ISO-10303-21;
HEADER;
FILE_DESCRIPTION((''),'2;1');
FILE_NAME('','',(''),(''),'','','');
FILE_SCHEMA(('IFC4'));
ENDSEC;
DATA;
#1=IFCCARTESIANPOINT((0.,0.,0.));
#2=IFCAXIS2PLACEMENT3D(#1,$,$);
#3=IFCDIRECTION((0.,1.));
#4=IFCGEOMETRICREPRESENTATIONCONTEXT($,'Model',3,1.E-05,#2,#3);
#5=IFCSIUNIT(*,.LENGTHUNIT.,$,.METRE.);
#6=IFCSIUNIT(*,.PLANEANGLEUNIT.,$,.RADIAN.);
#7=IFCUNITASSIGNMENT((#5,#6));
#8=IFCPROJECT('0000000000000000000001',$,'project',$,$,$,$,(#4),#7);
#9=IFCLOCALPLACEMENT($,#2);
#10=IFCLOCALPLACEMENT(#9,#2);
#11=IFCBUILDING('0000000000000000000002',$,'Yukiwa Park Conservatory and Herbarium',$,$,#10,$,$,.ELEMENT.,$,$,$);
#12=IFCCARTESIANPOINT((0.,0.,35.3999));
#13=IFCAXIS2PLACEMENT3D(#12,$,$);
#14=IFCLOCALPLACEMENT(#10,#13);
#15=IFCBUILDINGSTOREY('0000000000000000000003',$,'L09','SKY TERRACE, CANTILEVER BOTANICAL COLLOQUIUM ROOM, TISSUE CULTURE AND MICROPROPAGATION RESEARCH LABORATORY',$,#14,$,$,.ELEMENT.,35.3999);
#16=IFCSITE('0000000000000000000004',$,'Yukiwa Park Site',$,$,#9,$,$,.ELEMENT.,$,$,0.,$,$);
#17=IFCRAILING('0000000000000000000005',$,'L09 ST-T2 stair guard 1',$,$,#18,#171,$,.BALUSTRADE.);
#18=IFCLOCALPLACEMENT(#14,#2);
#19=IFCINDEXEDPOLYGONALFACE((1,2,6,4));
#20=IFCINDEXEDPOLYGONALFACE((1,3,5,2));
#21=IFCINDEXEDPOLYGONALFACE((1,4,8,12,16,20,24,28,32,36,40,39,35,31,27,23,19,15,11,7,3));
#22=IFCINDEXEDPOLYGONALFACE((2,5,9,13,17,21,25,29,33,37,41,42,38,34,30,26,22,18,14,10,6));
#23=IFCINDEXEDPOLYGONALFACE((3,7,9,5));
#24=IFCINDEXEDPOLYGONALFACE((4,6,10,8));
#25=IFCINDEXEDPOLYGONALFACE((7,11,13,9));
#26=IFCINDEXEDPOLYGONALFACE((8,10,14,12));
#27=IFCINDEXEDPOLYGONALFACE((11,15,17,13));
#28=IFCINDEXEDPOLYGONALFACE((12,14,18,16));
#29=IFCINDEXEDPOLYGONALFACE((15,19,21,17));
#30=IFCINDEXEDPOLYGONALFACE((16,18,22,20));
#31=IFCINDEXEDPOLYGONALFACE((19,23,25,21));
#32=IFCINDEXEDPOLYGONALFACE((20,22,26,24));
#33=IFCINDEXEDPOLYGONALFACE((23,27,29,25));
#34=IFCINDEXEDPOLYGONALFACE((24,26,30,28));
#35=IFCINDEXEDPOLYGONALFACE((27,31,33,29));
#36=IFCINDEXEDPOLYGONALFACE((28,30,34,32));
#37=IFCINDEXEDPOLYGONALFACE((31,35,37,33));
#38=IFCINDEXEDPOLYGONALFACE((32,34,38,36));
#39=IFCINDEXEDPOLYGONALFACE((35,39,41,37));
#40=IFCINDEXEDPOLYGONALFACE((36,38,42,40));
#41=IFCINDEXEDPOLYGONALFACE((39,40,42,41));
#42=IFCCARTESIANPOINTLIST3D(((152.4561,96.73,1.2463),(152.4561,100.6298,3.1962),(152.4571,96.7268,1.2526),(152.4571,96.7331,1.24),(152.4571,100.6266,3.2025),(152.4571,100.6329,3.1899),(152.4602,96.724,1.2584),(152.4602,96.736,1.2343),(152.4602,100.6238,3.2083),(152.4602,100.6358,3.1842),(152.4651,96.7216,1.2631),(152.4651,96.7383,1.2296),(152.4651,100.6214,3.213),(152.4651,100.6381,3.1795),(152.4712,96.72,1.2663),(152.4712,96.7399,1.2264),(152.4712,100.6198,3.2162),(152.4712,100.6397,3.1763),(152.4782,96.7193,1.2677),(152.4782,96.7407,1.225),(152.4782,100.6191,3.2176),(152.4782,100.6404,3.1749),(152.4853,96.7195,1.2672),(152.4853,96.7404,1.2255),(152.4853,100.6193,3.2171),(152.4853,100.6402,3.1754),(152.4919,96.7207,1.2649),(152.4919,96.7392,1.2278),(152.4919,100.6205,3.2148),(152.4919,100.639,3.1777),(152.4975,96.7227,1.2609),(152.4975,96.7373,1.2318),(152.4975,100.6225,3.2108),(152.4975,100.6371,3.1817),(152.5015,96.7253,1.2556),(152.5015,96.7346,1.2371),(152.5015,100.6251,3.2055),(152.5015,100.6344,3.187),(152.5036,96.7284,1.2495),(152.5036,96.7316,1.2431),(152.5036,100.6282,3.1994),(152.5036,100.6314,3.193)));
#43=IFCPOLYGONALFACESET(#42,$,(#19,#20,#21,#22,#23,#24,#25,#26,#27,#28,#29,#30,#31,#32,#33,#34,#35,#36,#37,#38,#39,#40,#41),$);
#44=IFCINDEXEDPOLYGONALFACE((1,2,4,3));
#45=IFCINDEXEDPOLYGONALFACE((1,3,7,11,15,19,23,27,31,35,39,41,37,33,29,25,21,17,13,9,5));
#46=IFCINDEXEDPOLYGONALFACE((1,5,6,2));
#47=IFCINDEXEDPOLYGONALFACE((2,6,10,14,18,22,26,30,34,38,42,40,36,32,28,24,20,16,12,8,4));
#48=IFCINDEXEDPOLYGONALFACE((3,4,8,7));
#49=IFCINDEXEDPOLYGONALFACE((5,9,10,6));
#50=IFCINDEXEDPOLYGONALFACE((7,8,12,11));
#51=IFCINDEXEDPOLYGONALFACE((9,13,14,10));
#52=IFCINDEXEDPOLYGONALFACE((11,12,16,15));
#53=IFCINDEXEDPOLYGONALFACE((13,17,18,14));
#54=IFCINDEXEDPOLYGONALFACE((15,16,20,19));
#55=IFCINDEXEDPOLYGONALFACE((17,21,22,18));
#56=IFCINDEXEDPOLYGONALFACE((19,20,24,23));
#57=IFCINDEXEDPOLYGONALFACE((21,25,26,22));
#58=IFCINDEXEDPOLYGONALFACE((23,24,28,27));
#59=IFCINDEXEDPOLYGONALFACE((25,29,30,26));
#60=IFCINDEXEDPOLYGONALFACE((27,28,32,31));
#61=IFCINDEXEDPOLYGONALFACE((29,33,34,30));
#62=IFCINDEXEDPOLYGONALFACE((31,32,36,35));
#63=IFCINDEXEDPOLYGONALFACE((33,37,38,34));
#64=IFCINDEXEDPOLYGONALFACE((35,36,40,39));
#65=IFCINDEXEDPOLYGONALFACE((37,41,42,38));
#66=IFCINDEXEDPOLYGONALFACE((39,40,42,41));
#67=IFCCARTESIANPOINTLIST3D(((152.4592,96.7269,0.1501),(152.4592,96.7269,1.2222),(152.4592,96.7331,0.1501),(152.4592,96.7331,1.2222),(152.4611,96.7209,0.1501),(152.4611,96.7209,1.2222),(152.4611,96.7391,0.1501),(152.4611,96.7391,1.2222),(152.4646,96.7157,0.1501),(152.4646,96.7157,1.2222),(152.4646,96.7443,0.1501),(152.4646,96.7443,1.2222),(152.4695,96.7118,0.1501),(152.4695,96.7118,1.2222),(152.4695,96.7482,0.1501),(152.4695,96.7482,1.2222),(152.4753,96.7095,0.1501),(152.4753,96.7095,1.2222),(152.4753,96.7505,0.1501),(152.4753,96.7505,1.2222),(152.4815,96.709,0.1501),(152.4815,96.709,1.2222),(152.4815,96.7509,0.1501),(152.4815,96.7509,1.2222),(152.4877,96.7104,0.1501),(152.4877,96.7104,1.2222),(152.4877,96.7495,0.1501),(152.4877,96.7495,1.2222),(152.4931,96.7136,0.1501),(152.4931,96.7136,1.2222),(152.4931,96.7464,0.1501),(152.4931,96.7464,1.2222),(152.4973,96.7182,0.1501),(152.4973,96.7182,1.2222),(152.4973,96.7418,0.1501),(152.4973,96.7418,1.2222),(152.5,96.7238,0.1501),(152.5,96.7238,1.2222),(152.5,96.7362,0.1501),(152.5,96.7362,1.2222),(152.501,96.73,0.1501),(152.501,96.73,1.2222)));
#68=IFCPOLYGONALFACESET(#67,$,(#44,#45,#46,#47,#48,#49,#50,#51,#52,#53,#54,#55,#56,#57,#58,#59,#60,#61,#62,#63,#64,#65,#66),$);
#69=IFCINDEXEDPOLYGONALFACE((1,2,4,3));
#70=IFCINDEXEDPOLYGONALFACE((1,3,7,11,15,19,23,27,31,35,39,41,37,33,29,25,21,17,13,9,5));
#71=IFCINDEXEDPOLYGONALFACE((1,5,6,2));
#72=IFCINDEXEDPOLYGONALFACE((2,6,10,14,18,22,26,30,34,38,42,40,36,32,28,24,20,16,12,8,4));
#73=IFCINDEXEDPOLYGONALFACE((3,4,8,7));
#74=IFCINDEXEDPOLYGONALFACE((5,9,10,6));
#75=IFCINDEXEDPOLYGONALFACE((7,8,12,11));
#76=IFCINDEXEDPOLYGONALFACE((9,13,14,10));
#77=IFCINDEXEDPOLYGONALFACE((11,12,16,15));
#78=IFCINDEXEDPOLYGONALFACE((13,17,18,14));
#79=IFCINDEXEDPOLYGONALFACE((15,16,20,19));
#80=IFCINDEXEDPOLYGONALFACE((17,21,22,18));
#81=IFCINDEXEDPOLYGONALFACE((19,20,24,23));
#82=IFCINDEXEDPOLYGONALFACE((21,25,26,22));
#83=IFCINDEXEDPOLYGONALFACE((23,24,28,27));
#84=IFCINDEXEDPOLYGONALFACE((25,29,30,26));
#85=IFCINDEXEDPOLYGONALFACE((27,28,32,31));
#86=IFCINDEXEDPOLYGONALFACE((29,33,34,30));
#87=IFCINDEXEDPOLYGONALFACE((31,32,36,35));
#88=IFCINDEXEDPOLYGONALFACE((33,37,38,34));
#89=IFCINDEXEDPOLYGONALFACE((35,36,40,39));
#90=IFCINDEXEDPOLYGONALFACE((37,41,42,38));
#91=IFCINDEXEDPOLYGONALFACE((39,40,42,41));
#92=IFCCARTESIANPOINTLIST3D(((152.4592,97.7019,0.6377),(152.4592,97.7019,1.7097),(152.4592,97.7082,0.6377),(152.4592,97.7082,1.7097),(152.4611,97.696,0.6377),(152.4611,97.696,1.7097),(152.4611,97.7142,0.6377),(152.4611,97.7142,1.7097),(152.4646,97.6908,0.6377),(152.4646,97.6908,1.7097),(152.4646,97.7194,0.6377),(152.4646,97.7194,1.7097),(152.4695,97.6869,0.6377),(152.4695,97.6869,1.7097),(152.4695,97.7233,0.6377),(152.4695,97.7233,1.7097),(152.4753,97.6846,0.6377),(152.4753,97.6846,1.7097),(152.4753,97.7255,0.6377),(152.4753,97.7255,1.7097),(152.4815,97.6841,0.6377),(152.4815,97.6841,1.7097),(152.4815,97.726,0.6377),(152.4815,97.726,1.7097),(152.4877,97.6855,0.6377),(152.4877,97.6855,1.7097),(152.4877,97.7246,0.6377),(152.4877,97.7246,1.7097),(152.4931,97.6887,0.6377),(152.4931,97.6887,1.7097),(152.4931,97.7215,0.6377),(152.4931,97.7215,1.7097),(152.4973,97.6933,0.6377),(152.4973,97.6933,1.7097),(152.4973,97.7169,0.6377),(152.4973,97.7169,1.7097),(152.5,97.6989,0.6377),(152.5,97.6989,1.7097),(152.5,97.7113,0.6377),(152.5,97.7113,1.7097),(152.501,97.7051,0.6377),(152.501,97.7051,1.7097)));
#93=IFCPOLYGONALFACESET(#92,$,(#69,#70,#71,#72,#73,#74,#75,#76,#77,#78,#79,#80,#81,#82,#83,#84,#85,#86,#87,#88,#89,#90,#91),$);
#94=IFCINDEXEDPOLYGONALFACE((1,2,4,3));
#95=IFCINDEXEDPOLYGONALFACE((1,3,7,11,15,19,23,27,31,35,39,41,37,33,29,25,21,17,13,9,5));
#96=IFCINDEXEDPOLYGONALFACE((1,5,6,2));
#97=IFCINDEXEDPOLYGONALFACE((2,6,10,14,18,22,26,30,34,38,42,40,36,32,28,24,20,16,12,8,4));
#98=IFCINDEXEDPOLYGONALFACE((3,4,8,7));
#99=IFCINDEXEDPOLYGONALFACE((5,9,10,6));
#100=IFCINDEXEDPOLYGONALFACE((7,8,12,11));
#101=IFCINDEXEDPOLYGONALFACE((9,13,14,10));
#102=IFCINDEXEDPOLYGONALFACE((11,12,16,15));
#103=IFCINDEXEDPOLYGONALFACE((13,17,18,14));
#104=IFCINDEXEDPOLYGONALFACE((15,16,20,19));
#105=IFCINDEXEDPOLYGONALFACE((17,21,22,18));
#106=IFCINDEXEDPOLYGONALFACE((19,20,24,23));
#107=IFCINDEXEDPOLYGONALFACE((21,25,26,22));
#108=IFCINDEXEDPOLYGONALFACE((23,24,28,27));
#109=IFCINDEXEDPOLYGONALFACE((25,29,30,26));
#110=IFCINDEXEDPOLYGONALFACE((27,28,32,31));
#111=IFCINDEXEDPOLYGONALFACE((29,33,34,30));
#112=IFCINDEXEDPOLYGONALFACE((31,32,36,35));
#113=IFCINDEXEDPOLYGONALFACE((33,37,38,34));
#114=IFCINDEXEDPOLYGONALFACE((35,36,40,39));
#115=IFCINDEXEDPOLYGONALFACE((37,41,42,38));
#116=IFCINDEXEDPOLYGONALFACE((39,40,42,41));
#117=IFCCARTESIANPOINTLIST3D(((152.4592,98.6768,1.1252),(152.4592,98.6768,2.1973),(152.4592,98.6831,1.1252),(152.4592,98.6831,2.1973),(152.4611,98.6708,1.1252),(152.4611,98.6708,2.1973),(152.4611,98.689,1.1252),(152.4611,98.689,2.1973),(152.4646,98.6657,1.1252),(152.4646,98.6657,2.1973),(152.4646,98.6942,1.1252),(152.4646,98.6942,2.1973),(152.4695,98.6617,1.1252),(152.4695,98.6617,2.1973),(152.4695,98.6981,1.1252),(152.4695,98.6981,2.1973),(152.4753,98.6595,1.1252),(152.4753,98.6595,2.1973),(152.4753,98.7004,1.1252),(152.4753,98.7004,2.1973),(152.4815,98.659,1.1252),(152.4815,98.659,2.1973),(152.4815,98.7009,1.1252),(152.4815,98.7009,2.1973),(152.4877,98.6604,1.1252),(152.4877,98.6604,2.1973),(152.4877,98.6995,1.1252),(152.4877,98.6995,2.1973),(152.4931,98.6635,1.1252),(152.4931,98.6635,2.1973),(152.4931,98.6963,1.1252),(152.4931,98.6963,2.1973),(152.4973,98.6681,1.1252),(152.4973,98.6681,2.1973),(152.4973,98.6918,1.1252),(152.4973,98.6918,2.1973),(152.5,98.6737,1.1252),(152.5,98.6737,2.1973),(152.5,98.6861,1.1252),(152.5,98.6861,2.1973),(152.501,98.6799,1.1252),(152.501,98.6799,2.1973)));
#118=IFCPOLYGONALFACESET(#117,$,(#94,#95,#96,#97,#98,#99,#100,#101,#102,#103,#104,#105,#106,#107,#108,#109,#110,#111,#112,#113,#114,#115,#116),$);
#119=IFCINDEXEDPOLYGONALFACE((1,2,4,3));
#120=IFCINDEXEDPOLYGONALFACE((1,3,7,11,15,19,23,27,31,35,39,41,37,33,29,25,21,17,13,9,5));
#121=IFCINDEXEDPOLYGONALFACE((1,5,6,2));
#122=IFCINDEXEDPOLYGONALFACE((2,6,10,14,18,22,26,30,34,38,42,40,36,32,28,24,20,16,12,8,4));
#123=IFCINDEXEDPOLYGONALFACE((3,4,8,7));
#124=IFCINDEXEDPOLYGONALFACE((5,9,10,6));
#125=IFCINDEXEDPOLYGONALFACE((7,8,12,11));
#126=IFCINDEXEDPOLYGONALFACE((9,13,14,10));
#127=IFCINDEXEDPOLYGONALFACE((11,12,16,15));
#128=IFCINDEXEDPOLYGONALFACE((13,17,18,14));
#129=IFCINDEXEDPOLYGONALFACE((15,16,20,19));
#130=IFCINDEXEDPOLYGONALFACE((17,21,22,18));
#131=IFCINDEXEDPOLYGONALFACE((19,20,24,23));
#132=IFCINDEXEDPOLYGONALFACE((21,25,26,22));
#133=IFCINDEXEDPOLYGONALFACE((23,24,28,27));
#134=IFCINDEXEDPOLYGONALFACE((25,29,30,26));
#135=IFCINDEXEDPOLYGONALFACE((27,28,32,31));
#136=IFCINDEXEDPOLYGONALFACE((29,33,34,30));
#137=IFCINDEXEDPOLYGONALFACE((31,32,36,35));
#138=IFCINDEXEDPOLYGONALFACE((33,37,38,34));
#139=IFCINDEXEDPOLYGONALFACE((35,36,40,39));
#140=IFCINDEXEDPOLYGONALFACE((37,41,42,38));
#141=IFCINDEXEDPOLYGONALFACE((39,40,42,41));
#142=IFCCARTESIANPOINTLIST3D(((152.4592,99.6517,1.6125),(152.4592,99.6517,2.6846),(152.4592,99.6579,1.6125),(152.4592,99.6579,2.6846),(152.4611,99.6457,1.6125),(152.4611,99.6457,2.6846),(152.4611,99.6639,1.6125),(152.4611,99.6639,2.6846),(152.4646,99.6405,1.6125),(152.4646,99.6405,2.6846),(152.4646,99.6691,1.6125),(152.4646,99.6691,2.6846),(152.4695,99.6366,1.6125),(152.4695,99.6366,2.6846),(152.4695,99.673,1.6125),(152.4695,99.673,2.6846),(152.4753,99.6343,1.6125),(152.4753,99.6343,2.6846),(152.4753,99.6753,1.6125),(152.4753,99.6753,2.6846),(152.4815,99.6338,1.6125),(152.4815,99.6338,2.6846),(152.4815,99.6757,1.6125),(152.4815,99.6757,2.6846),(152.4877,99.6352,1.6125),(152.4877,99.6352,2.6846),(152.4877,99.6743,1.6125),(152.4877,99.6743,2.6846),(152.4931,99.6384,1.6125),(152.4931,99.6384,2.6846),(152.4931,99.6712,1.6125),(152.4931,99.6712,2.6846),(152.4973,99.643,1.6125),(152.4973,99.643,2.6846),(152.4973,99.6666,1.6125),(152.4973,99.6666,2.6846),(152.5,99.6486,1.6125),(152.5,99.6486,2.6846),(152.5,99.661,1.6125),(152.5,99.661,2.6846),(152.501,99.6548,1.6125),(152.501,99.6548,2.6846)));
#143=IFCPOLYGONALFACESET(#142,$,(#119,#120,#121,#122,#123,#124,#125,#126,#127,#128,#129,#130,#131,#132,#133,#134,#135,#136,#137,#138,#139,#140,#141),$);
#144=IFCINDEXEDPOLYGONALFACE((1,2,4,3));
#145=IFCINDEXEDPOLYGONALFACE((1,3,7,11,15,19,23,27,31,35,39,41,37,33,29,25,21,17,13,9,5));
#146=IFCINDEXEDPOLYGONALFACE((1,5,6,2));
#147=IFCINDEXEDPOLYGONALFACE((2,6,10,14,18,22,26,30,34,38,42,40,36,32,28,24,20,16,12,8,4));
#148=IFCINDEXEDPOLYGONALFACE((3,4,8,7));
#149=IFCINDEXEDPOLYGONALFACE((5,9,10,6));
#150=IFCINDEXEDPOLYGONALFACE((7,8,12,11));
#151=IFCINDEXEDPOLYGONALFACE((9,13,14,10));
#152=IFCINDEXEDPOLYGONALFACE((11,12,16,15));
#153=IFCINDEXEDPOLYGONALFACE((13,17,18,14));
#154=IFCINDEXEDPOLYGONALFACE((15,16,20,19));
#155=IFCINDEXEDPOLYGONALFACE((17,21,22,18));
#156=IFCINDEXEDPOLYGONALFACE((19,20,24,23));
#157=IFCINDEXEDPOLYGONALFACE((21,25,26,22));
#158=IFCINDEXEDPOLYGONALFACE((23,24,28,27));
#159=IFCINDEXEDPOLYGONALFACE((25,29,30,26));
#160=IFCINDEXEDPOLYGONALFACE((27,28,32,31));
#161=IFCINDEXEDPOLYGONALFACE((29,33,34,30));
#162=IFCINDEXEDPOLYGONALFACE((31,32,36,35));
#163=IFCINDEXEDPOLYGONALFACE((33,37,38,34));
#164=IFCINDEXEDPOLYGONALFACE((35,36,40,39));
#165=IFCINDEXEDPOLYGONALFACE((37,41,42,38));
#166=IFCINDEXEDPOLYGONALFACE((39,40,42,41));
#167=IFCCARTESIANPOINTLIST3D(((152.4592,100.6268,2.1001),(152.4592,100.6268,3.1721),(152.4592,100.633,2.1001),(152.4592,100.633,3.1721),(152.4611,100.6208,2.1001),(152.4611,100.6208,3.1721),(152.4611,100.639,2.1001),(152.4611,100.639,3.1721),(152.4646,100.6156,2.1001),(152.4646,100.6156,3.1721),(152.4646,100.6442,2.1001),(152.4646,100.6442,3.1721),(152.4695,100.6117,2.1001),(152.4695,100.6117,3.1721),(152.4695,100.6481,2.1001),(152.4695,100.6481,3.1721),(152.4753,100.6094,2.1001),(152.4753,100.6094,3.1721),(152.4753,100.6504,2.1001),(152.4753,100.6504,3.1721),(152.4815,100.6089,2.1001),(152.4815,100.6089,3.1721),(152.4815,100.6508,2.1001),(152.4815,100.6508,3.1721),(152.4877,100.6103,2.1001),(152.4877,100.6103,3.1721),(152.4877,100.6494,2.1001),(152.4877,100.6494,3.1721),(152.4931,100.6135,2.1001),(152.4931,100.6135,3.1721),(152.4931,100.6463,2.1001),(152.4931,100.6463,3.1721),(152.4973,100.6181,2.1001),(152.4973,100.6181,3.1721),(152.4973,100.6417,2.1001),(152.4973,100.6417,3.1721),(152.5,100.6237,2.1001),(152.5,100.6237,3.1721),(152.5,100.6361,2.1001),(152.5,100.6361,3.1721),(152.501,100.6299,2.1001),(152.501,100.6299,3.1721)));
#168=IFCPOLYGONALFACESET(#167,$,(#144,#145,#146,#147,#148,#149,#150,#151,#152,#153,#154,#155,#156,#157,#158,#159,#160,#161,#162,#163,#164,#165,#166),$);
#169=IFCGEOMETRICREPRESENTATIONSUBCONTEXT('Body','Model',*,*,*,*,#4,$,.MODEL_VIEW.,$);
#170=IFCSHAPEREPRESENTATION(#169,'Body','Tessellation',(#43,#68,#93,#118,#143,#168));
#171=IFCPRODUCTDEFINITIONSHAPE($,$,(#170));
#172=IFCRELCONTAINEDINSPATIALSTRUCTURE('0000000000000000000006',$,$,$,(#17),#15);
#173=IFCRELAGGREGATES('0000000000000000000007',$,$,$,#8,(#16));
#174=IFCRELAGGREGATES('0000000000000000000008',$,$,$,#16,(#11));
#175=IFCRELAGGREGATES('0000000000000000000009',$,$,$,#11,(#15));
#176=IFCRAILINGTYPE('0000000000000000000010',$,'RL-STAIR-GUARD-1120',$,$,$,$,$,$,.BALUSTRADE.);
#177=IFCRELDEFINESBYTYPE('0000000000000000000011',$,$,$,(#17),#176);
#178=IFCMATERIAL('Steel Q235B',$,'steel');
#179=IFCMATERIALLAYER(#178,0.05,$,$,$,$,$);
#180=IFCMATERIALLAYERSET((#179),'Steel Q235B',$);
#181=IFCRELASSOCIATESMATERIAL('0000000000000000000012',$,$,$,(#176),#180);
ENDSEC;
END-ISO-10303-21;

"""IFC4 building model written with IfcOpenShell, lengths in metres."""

from ifc_helpers import new_model, si_unit, direction, frame, origin, origin_2d, place, context, subcontext, project, spatial, circle, extrude, material, layer, layer_set, type_object, element, save


model = new_model("IFC4")

# Units and contexts
model_context = context("Model", 3, precision=1e-05, world=origin(), true_north=direction((0.0, 1.0)))
body_context = subcontext(model_context, "Body", "Model", "MODEL_VIEW")
ifc_project = project(units=[si_unit("LENGTHUNIT", "METRE"), si_unit("PLANEANGLEUNIT", "RADIAN")], contexts=[model_context])

# Site, building, storey
site_placement = place(None, origin())
site = spatial("IfcSite", under=ifc_project, at=site_placement, Name="Yukiwa Park Site", CompositionType="ELEMENT", RefElevation=0.0)
building_placement = place(site_placement, origin())
building = spatial("IfcBuilding", under=site, at=building_placement, Name="Yukiwa Park Conservatory and Herbarium", CompositionType="ELEMENT")
storey_placement = place(building_placement, frame((0.0, 0.0, 35.3999)))
storey = spatial("IfcBuildingStorey", under=building, at=storey_placement, Name="L09", Description="SKY TERRACE, CANTILEVER BOTANICAL COLLOQUIUM ROOM, TISSUE CULTURE AND MICROPROPAGATION RESEARCH LABORATORY", CompositionType="ELEMENT", Elevation=35.3999)

# Railing
ifc_material_1 = material(Name="Steel Q235B", Category="steel")
ifc_layer_1 = layer(ifc_material_1, 0.05)
ifc_layer_set_1 = layer_set([ifc_layer_1], Name="Steel Q235B")
railing_type_1 = type_object("IfcRailingType", Name="RL-STAIR-GUARD-1120", PredefinedType="BALUSTRADE", material=ifc_layer_set_1)
railing_1_placement = place(storey_placement, frame((152.48, 96.73, 0.1501)))
element("IfcRailing", 1, at=railing_1_placement, inside=storey, type_object=railing_type_1, Name="L09 ST-T2 stair guard 1", PredefinedType="BALUSTRADE", context=body_context, shape_type="SweptSolid", body=[
    extrude(circle(Radius=0.0239, at=origin_2d()), frame((0.0, 0.0, 1.0962), z_axis=(0.0, 0.894427, 0.447214), x_axis=(-1.0, 0.0, 0.0)), (0.0, 0.0, 1.0), 4.3601),
    extrude(circle(Radius=0.021, at=origin_2d()), origin(), (0.0, 0.0, 1.0), 1.072),
    extrude(circle(Radius=0.021, at=origin_2d()), frame((0.0, 0.9751, 0.4875)), (0.0, 0.0, 1.0), 1.072),
    extrude(circle(Radius=0.021, at=origin_2d()), frame((0.0, 1.95, 0.9751)), (0.0, 0.0, 1.0), 1.072),
    extrude(circle(Radius=0.021, at=origin_2d()), frame((0.0, 2.9248, 1.4624)), (0.0, 0.0, 1.0), 1.072),
    extrude(circle(Radius=0.021, at=origin_2d()), frame((0.0, 3.8999, 1.95)), (0.0, 0.0, 1.0), 1.072),
])

save(model, "model.ifc")
